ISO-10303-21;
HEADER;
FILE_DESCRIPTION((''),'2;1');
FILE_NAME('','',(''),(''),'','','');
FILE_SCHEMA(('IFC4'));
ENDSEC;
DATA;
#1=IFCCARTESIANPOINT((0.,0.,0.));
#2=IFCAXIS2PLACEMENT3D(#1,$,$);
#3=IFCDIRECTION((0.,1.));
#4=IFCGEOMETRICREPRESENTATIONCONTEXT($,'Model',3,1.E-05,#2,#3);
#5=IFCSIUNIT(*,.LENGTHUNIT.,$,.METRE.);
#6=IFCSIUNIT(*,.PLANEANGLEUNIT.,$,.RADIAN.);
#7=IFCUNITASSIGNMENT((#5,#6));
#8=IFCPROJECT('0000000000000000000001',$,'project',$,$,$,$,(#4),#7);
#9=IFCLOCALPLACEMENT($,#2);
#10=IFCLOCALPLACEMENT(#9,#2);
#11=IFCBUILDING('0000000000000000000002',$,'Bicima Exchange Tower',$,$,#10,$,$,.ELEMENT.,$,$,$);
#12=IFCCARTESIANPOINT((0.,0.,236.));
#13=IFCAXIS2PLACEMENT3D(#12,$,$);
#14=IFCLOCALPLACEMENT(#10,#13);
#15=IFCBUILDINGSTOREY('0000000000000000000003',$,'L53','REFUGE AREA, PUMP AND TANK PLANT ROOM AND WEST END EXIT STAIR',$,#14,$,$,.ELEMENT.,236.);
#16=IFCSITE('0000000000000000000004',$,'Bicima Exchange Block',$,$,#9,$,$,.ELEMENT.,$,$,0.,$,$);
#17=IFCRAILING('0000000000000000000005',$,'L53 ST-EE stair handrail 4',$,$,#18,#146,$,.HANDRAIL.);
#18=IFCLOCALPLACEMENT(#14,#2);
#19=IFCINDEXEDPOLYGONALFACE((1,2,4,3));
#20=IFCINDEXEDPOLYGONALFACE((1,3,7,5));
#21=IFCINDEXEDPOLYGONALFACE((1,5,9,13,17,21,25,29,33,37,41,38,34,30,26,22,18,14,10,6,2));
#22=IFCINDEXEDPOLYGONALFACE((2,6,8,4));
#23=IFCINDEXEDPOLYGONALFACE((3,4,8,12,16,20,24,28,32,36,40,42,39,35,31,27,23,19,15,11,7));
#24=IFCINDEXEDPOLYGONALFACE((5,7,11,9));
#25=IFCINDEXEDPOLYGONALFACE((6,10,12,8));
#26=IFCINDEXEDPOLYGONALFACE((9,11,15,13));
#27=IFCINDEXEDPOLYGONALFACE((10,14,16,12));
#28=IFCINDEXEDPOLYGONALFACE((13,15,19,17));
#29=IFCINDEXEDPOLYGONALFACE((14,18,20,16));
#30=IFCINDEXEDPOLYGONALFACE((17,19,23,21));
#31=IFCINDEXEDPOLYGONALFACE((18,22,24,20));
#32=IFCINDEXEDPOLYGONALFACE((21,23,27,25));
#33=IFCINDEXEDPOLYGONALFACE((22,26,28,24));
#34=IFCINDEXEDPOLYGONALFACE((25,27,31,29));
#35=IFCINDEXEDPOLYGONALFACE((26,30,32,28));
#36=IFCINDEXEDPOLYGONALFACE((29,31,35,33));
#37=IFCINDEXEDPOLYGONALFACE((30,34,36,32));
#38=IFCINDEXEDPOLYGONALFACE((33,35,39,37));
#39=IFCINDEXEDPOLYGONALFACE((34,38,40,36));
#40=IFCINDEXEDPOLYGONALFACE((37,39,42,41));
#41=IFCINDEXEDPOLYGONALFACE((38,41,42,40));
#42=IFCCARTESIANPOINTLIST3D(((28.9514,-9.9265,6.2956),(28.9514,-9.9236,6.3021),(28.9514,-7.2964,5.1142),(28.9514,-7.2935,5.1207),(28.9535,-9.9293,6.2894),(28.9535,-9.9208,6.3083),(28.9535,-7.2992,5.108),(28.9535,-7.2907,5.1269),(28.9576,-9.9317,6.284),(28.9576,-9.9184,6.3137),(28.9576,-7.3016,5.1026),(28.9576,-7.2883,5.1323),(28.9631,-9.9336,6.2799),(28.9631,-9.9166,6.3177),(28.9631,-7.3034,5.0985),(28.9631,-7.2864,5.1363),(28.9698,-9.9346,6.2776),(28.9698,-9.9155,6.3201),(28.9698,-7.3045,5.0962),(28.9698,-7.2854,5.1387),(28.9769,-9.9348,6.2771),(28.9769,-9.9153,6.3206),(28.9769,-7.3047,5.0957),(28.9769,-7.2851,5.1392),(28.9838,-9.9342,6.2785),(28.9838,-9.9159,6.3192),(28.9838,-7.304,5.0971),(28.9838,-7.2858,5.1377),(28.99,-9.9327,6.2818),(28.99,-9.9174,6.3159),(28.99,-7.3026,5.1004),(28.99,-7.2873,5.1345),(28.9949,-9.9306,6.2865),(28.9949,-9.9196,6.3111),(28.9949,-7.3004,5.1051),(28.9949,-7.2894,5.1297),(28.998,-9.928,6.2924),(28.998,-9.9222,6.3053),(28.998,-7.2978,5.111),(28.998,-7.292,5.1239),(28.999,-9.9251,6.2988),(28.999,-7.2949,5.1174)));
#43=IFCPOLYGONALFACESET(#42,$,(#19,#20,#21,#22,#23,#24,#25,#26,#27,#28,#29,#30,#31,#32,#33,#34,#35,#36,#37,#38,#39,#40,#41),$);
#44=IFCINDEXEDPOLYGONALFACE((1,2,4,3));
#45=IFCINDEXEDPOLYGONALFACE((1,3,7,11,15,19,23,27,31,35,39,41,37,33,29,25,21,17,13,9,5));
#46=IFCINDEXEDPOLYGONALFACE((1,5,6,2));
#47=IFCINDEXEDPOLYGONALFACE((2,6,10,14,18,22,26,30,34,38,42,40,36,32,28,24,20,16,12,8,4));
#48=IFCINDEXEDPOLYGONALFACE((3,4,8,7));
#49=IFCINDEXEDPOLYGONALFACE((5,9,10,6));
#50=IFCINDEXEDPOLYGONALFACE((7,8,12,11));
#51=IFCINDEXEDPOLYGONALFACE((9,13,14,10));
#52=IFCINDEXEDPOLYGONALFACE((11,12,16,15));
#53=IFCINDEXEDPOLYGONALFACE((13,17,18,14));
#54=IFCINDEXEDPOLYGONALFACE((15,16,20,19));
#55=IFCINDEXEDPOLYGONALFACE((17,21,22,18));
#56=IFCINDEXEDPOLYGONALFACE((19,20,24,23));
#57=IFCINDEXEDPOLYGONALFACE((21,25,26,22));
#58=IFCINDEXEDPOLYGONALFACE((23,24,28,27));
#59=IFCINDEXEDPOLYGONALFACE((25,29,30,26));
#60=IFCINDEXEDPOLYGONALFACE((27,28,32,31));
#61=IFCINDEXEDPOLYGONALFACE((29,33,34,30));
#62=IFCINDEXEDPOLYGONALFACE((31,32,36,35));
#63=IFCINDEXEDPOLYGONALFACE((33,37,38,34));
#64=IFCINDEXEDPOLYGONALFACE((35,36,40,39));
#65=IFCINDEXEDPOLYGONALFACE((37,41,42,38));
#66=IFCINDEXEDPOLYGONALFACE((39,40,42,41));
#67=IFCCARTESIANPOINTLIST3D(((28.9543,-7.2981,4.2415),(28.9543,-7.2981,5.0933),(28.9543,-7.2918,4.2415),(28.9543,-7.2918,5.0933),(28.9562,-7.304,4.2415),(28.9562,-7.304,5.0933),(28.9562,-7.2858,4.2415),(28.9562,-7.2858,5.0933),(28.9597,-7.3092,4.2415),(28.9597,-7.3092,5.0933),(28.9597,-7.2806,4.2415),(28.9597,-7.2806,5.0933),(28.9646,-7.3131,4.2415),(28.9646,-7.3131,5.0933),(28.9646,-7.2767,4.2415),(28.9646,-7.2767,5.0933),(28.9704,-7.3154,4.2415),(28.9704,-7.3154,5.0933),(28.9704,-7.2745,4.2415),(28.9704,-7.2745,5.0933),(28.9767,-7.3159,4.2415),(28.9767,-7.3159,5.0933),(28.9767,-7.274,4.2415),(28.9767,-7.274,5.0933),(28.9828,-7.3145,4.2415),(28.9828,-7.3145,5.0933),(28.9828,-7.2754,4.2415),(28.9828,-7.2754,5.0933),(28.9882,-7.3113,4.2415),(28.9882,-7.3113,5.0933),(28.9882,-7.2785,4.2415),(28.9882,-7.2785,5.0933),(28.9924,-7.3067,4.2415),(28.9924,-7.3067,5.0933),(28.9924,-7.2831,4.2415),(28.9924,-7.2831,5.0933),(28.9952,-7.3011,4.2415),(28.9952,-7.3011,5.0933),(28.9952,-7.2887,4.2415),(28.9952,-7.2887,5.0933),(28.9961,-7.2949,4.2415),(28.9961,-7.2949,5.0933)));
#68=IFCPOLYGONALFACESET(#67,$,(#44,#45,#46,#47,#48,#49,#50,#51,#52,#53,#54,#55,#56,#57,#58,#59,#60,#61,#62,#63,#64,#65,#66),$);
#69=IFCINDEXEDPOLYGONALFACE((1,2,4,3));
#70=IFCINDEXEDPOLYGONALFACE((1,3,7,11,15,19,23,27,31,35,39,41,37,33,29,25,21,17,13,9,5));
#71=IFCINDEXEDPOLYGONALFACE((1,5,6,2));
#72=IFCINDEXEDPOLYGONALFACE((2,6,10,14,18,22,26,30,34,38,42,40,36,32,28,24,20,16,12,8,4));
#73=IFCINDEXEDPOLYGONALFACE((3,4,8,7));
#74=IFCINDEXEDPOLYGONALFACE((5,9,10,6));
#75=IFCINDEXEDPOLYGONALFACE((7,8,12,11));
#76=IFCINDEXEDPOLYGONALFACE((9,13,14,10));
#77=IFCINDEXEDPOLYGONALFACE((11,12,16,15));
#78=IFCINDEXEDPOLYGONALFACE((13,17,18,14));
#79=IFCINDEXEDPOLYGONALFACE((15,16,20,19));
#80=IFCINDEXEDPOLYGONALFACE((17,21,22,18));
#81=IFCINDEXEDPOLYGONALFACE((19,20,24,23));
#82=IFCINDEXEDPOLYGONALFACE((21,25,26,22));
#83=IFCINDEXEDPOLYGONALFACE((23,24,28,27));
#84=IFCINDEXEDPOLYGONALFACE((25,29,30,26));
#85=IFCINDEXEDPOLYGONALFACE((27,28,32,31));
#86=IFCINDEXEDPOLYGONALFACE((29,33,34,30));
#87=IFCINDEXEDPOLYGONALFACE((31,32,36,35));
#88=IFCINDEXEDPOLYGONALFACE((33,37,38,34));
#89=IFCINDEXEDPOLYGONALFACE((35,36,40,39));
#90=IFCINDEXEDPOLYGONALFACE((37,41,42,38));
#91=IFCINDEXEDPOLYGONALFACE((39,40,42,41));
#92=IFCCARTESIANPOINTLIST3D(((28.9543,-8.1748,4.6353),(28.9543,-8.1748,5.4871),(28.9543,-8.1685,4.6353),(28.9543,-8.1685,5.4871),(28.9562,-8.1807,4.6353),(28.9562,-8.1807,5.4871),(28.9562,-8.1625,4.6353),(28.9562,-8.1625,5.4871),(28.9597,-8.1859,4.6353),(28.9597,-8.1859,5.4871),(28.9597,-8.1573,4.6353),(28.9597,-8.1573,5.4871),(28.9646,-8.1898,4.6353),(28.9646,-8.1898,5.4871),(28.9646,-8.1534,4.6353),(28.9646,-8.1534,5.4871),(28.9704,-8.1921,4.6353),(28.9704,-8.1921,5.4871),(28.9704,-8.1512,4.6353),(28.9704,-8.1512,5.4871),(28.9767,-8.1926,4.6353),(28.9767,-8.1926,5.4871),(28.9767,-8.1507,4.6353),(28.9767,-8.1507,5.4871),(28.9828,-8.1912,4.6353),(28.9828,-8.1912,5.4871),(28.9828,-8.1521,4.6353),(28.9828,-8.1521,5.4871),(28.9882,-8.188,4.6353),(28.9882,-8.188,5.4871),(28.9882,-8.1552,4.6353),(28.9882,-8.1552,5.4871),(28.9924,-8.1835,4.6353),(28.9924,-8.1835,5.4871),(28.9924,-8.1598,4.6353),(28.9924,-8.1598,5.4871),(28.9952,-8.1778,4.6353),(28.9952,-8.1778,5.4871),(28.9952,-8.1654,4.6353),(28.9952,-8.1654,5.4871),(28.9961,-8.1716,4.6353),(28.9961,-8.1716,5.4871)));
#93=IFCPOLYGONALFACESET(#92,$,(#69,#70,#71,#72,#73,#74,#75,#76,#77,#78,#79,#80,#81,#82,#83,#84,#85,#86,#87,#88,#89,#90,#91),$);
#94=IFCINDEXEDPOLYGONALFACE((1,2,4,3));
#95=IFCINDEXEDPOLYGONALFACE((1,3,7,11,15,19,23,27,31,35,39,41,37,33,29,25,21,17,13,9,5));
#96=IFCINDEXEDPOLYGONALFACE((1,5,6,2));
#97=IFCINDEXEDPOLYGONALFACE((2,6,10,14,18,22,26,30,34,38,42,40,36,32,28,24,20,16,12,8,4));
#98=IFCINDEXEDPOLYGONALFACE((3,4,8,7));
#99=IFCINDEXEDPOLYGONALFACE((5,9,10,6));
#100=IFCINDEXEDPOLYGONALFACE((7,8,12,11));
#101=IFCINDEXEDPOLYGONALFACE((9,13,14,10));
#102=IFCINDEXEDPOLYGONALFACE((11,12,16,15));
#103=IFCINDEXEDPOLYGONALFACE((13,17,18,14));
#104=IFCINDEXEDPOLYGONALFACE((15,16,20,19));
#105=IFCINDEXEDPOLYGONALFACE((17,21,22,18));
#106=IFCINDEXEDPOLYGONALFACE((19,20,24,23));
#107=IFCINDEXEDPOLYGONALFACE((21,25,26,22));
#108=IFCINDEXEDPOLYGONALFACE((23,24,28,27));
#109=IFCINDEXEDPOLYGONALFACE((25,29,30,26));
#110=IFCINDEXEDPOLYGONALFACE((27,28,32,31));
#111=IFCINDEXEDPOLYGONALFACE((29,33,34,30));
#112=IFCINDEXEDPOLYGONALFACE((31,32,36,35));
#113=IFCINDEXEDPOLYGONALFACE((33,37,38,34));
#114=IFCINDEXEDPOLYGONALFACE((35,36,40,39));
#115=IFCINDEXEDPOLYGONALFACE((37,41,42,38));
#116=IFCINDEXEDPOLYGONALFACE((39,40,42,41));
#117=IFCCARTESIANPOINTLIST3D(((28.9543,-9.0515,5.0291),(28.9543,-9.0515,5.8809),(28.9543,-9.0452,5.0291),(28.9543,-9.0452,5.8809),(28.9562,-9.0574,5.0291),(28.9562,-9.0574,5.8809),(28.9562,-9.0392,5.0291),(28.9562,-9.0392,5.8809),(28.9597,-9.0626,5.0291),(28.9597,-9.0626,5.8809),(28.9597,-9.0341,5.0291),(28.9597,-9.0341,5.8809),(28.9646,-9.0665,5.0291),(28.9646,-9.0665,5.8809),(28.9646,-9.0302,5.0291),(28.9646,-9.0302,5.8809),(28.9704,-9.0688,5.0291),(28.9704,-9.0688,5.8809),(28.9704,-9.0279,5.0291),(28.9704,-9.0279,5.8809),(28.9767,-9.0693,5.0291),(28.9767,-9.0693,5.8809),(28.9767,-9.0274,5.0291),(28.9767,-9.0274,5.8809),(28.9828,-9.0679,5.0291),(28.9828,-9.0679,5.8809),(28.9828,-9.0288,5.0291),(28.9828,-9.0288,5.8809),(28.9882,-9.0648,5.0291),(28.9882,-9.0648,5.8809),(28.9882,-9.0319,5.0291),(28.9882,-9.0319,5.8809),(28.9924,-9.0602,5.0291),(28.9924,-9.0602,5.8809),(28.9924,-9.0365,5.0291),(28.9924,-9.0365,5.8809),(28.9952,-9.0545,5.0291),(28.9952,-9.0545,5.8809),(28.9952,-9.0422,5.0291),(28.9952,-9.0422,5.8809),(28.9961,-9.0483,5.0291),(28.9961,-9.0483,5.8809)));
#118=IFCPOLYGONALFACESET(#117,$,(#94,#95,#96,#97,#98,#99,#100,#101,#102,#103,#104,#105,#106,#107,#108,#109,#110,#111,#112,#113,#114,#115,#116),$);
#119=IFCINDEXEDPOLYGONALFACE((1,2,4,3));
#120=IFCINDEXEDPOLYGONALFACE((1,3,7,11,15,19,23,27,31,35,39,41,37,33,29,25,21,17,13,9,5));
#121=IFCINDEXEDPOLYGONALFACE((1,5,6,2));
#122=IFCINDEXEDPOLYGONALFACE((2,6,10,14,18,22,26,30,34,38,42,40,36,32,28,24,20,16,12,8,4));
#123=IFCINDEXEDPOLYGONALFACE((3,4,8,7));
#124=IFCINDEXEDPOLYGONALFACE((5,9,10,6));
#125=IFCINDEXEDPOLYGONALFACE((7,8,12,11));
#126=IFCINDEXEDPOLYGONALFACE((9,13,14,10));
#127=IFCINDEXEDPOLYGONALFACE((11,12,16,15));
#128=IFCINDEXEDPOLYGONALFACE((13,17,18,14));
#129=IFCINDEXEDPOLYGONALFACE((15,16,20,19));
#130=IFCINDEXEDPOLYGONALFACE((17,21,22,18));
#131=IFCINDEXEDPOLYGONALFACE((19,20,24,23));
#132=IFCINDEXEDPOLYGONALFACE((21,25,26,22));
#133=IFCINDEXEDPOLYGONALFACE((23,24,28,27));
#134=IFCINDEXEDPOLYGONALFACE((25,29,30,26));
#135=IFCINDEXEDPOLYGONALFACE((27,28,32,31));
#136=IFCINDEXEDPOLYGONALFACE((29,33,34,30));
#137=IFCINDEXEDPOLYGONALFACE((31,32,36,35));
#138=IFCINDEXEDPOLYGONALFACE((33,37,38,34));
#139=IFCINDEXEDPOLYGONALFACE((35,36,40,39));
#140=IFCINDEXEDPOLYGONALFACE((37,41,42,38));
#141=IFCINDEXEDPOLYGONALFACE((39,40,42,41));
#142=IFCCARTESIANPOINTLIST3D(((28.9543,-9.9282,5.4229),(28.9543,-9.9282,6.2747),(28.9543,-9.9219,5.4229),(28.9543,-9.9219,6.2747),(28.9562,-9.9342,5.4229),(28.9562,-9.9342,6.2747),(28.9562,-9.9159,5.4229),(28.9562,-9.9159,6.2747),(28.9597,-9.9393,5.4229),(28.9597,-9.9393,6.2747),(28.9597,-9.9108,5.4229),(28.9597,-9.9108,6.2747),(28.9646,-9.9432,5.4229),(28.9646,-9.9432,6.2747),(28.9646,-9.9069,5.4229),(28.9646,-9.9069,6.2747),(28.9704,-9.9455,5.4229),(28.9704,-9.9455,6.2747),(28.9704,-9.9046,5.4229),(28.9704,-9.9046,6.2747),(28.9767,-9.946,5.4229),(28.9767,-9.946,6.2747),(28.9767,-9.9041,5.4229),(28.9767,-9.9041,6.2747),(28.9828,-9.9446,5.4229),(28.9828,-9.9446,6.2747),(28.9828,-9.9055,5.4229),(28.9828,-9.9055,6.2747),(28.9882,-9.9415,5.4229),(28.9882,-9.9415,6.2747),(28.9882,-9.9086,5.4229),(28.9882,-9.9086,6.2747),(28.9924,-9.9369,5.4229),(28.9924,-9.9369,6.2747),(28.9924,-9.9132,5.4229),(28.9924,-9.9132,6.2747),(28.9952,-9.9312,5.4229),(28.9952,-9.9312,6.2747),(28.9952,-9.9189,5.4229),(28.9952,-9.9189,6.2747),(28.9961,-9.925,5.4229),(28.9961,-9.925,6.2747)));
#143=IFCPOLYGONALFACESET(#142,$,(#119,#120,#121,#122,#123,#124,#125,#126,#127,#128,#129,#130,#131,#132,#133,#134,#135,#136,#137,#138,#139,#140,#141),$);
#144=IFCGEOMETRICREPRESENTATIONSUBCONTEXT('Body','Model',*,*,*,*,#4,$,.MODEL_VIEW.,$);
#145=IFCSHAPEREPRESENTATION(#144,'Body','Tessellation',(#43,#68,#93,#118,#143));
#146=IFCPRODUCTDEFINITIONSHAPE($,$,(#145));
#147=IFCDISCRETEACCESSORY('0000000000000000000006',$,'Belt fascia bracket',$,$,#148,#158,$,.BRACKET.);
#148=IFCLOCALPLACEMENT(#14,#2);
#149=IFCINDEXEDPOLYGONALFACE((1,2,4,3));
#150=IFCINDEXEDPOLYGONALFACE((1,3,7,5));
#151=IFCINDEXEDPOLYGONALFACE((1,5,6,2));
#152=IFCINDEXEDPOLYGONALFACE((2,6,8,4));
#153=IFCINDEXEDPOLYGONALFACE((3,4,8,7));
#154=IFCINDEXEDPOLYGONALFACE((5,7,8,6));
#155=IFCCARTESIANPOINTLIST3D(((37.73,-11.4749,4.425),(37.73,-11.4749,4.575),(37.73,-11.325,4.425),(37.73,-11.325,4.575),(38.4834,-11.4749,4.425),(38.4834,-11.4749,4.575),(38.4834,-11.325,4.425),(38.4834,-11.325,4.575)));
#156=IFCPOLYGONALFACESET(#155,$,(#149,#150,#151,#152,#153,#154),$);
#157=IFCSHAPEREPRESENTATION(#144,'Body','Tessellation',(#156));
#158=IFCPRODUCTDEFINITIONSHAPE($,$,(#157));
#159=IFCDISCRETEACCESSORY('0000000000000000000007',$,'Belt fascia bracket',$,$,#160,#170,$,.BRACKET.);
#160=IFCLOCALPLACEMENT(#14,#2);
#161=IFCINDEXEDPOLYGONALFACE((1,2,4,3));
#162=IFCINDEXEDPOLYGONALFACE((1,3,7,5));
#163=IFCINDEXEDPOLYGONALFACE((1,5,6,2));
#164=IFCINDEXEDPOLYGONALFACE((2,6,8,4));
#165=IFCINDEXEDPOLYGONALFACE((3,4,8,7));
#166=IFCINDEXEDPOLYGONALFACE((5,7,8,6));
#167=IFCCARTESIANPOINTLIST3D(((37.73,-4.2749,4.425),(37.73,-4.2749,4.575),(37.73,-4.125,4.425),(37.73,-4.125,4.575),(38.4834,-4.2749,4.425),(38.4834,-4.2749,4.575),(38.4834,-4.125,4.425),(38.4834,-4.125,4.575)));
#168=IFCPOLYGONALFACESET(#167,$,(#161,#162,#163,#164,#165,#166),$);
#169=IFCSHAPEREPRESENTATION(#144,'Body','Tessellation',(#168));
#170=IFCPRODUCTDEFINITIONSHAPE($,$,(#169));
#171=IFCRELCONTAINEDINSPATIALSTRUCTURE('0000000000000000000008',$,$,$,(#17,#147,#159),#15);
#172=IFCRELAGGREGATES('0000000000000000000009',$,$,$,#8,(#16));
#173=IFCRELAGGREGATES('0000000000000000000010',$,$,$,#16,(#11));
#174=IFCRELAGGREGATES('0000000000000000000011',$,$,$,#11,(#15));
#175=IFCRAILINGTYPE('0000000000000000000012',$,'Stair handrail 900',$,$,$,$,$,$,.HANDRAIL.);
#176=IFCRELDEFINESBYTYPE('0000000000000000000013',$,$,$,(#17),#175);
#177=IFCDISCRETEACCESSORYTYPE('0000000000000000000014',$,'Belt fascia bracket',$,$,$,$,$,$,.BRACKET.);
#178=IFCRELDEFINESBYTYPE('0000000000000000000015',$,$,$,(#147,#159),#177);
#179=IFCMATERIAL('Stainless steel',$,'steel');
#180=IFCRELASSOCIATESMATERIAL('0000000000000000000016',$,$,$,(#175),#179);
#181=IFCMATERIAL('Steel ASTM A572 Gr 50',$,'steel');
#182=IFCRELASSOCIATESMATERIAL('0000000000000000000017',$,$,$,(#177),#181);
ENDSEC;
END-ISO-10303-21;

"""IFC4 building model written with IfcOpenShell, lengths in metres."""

from ifc_helpers import new_model, si_unit, direction, frame, origin, origin_2d, place, context, subcontext, project, spatial, rectangle, circle, extrude, material, type_object, element, save


model = new_model("IFC4")

# Units and contexts
model_context = context("Model", 3, precision=1e-05, world=origin(), true_north=direction((0.0, 1.0)))
body_context = subcontext(model_context, "Body", "Model", "MODEL_VIEW")
ifc_project = project(units=[si_unit("LENGTHUNIT", "METRE"), si_unit("PLANEANGLEUNIT", "RADIAN")], contexts=[model_context])

# Site, building, storey
site_placement = place(None, origin())
site = spatial("IfcSite", under=ifc_project, at=site_placement, Name="Bicima Exchange Block", CompositionType="ELEMENT", RefElevation=0.0)
building_placement = place(site_placement, origin())
building = spatial("IfcBuilding", under=site, at=building_placement, Name="Bicima Exchange Tower", CompositionType="ELEMENT")
storey_placement = place(building_placement, frame((0.0, 0.0, 236.0)))
storey = spatial("IfcBuildingStorey", under=building, at=storey_placement, Name="L53", Description="REFUGE AREA, PUMP AND TANK PLANT ROOM AND WEST END EXIT STAIR", CompositionType="ELEMENT", Elevation=236.0)

# Shared definitions
ifc_material_1 = material(Name="Steel ASTM A572 Gr 50", Category="steel")

# Railing
ifc_material_2 = material(Name="Stainless steel", Category="steel")
railing_type_1 = type_object("IfcRailingType", Name="Stair handrail 900", PredefinedType="HANDRAIL", material=ifc_material_2)
railing_1_placement = place(storey_placement, frame((28.9751, -7.2949, 4.2415)))
element("IfcRailing", 1, at=railing_1_placement, inside=storey, type_object=railing_type_1, Name="L53 ST-EE stair handrail 4", PredefinedType="HANDRAIL", context=body_context, shape_type="SweptSolid", body=[
    extrude(circle(Radius=0.0239, at=origin_2d()), frame((0.0, 0.0, 0.876), z_axis=(0.0, -0.912202, 0.409741), x_axis=(1.0, 0.0, 0.0)), (0.0, 0.0, 1.0), 2.8833),
    extrude(circle(Radius=0.021, at=origin_2d()), origin(), (0.0, 0.0, 1.0), 0.8518),
    extrude(circle(Radius=0.021, at=origin_2d()), frame((0.0, -0.8767, 0.3938)), (0.0, 0.0, 1.0), 0.8518),
    extrude(circle(Radius=0.021, at=origin_2d()), frame((0.0, -1.7534, 0.7876)), (0.0, 0.0, 1.0), 0.8518),
    extrude(circle(Radius=0.021, at=origin_2d()), frame((0.0, -2.6301, 1.1814)), (0.0, 0.0, 1.0), 0.8518),
])

# Discrete accessories
discrete_accessory_type = type_object("IfcDiscreteAccessoryType", Name="Belt fascia bracket", PredefinedType="BRACKET", material=ifc_material_1)
for number, where, z_axis, x_axis, name in (
    (2, (38.1067, -11.3999, 4.425), (0.0, 0.0, 1.0), (0.0, 1.0, 0.0), "Belt fascia bracket"),
    (3, (38.1067, -4.2, 4.425), (0.0, 0.0, 1.0), (0.0, 1.0, 0.0), "Belt fascia bracket"),
):
    element("IfcDiscreteAccessory", number, at=place(storey_placement, frame(where, z_axis=z_axis, x_axis=x_axis)), inside=storey, type_object=discrete_accessory_type, Name=name, PredefinedType="BRACKET", context=body_context, shape_type="SweptSolid", body=[
        extrude(rectangle(XDim=0.1499, YDim=0.7534, at=origin_2d()), origin(), (0.0, 0.0, 1.0), 0.1499),
    ])

save(model, "model.ifc")
